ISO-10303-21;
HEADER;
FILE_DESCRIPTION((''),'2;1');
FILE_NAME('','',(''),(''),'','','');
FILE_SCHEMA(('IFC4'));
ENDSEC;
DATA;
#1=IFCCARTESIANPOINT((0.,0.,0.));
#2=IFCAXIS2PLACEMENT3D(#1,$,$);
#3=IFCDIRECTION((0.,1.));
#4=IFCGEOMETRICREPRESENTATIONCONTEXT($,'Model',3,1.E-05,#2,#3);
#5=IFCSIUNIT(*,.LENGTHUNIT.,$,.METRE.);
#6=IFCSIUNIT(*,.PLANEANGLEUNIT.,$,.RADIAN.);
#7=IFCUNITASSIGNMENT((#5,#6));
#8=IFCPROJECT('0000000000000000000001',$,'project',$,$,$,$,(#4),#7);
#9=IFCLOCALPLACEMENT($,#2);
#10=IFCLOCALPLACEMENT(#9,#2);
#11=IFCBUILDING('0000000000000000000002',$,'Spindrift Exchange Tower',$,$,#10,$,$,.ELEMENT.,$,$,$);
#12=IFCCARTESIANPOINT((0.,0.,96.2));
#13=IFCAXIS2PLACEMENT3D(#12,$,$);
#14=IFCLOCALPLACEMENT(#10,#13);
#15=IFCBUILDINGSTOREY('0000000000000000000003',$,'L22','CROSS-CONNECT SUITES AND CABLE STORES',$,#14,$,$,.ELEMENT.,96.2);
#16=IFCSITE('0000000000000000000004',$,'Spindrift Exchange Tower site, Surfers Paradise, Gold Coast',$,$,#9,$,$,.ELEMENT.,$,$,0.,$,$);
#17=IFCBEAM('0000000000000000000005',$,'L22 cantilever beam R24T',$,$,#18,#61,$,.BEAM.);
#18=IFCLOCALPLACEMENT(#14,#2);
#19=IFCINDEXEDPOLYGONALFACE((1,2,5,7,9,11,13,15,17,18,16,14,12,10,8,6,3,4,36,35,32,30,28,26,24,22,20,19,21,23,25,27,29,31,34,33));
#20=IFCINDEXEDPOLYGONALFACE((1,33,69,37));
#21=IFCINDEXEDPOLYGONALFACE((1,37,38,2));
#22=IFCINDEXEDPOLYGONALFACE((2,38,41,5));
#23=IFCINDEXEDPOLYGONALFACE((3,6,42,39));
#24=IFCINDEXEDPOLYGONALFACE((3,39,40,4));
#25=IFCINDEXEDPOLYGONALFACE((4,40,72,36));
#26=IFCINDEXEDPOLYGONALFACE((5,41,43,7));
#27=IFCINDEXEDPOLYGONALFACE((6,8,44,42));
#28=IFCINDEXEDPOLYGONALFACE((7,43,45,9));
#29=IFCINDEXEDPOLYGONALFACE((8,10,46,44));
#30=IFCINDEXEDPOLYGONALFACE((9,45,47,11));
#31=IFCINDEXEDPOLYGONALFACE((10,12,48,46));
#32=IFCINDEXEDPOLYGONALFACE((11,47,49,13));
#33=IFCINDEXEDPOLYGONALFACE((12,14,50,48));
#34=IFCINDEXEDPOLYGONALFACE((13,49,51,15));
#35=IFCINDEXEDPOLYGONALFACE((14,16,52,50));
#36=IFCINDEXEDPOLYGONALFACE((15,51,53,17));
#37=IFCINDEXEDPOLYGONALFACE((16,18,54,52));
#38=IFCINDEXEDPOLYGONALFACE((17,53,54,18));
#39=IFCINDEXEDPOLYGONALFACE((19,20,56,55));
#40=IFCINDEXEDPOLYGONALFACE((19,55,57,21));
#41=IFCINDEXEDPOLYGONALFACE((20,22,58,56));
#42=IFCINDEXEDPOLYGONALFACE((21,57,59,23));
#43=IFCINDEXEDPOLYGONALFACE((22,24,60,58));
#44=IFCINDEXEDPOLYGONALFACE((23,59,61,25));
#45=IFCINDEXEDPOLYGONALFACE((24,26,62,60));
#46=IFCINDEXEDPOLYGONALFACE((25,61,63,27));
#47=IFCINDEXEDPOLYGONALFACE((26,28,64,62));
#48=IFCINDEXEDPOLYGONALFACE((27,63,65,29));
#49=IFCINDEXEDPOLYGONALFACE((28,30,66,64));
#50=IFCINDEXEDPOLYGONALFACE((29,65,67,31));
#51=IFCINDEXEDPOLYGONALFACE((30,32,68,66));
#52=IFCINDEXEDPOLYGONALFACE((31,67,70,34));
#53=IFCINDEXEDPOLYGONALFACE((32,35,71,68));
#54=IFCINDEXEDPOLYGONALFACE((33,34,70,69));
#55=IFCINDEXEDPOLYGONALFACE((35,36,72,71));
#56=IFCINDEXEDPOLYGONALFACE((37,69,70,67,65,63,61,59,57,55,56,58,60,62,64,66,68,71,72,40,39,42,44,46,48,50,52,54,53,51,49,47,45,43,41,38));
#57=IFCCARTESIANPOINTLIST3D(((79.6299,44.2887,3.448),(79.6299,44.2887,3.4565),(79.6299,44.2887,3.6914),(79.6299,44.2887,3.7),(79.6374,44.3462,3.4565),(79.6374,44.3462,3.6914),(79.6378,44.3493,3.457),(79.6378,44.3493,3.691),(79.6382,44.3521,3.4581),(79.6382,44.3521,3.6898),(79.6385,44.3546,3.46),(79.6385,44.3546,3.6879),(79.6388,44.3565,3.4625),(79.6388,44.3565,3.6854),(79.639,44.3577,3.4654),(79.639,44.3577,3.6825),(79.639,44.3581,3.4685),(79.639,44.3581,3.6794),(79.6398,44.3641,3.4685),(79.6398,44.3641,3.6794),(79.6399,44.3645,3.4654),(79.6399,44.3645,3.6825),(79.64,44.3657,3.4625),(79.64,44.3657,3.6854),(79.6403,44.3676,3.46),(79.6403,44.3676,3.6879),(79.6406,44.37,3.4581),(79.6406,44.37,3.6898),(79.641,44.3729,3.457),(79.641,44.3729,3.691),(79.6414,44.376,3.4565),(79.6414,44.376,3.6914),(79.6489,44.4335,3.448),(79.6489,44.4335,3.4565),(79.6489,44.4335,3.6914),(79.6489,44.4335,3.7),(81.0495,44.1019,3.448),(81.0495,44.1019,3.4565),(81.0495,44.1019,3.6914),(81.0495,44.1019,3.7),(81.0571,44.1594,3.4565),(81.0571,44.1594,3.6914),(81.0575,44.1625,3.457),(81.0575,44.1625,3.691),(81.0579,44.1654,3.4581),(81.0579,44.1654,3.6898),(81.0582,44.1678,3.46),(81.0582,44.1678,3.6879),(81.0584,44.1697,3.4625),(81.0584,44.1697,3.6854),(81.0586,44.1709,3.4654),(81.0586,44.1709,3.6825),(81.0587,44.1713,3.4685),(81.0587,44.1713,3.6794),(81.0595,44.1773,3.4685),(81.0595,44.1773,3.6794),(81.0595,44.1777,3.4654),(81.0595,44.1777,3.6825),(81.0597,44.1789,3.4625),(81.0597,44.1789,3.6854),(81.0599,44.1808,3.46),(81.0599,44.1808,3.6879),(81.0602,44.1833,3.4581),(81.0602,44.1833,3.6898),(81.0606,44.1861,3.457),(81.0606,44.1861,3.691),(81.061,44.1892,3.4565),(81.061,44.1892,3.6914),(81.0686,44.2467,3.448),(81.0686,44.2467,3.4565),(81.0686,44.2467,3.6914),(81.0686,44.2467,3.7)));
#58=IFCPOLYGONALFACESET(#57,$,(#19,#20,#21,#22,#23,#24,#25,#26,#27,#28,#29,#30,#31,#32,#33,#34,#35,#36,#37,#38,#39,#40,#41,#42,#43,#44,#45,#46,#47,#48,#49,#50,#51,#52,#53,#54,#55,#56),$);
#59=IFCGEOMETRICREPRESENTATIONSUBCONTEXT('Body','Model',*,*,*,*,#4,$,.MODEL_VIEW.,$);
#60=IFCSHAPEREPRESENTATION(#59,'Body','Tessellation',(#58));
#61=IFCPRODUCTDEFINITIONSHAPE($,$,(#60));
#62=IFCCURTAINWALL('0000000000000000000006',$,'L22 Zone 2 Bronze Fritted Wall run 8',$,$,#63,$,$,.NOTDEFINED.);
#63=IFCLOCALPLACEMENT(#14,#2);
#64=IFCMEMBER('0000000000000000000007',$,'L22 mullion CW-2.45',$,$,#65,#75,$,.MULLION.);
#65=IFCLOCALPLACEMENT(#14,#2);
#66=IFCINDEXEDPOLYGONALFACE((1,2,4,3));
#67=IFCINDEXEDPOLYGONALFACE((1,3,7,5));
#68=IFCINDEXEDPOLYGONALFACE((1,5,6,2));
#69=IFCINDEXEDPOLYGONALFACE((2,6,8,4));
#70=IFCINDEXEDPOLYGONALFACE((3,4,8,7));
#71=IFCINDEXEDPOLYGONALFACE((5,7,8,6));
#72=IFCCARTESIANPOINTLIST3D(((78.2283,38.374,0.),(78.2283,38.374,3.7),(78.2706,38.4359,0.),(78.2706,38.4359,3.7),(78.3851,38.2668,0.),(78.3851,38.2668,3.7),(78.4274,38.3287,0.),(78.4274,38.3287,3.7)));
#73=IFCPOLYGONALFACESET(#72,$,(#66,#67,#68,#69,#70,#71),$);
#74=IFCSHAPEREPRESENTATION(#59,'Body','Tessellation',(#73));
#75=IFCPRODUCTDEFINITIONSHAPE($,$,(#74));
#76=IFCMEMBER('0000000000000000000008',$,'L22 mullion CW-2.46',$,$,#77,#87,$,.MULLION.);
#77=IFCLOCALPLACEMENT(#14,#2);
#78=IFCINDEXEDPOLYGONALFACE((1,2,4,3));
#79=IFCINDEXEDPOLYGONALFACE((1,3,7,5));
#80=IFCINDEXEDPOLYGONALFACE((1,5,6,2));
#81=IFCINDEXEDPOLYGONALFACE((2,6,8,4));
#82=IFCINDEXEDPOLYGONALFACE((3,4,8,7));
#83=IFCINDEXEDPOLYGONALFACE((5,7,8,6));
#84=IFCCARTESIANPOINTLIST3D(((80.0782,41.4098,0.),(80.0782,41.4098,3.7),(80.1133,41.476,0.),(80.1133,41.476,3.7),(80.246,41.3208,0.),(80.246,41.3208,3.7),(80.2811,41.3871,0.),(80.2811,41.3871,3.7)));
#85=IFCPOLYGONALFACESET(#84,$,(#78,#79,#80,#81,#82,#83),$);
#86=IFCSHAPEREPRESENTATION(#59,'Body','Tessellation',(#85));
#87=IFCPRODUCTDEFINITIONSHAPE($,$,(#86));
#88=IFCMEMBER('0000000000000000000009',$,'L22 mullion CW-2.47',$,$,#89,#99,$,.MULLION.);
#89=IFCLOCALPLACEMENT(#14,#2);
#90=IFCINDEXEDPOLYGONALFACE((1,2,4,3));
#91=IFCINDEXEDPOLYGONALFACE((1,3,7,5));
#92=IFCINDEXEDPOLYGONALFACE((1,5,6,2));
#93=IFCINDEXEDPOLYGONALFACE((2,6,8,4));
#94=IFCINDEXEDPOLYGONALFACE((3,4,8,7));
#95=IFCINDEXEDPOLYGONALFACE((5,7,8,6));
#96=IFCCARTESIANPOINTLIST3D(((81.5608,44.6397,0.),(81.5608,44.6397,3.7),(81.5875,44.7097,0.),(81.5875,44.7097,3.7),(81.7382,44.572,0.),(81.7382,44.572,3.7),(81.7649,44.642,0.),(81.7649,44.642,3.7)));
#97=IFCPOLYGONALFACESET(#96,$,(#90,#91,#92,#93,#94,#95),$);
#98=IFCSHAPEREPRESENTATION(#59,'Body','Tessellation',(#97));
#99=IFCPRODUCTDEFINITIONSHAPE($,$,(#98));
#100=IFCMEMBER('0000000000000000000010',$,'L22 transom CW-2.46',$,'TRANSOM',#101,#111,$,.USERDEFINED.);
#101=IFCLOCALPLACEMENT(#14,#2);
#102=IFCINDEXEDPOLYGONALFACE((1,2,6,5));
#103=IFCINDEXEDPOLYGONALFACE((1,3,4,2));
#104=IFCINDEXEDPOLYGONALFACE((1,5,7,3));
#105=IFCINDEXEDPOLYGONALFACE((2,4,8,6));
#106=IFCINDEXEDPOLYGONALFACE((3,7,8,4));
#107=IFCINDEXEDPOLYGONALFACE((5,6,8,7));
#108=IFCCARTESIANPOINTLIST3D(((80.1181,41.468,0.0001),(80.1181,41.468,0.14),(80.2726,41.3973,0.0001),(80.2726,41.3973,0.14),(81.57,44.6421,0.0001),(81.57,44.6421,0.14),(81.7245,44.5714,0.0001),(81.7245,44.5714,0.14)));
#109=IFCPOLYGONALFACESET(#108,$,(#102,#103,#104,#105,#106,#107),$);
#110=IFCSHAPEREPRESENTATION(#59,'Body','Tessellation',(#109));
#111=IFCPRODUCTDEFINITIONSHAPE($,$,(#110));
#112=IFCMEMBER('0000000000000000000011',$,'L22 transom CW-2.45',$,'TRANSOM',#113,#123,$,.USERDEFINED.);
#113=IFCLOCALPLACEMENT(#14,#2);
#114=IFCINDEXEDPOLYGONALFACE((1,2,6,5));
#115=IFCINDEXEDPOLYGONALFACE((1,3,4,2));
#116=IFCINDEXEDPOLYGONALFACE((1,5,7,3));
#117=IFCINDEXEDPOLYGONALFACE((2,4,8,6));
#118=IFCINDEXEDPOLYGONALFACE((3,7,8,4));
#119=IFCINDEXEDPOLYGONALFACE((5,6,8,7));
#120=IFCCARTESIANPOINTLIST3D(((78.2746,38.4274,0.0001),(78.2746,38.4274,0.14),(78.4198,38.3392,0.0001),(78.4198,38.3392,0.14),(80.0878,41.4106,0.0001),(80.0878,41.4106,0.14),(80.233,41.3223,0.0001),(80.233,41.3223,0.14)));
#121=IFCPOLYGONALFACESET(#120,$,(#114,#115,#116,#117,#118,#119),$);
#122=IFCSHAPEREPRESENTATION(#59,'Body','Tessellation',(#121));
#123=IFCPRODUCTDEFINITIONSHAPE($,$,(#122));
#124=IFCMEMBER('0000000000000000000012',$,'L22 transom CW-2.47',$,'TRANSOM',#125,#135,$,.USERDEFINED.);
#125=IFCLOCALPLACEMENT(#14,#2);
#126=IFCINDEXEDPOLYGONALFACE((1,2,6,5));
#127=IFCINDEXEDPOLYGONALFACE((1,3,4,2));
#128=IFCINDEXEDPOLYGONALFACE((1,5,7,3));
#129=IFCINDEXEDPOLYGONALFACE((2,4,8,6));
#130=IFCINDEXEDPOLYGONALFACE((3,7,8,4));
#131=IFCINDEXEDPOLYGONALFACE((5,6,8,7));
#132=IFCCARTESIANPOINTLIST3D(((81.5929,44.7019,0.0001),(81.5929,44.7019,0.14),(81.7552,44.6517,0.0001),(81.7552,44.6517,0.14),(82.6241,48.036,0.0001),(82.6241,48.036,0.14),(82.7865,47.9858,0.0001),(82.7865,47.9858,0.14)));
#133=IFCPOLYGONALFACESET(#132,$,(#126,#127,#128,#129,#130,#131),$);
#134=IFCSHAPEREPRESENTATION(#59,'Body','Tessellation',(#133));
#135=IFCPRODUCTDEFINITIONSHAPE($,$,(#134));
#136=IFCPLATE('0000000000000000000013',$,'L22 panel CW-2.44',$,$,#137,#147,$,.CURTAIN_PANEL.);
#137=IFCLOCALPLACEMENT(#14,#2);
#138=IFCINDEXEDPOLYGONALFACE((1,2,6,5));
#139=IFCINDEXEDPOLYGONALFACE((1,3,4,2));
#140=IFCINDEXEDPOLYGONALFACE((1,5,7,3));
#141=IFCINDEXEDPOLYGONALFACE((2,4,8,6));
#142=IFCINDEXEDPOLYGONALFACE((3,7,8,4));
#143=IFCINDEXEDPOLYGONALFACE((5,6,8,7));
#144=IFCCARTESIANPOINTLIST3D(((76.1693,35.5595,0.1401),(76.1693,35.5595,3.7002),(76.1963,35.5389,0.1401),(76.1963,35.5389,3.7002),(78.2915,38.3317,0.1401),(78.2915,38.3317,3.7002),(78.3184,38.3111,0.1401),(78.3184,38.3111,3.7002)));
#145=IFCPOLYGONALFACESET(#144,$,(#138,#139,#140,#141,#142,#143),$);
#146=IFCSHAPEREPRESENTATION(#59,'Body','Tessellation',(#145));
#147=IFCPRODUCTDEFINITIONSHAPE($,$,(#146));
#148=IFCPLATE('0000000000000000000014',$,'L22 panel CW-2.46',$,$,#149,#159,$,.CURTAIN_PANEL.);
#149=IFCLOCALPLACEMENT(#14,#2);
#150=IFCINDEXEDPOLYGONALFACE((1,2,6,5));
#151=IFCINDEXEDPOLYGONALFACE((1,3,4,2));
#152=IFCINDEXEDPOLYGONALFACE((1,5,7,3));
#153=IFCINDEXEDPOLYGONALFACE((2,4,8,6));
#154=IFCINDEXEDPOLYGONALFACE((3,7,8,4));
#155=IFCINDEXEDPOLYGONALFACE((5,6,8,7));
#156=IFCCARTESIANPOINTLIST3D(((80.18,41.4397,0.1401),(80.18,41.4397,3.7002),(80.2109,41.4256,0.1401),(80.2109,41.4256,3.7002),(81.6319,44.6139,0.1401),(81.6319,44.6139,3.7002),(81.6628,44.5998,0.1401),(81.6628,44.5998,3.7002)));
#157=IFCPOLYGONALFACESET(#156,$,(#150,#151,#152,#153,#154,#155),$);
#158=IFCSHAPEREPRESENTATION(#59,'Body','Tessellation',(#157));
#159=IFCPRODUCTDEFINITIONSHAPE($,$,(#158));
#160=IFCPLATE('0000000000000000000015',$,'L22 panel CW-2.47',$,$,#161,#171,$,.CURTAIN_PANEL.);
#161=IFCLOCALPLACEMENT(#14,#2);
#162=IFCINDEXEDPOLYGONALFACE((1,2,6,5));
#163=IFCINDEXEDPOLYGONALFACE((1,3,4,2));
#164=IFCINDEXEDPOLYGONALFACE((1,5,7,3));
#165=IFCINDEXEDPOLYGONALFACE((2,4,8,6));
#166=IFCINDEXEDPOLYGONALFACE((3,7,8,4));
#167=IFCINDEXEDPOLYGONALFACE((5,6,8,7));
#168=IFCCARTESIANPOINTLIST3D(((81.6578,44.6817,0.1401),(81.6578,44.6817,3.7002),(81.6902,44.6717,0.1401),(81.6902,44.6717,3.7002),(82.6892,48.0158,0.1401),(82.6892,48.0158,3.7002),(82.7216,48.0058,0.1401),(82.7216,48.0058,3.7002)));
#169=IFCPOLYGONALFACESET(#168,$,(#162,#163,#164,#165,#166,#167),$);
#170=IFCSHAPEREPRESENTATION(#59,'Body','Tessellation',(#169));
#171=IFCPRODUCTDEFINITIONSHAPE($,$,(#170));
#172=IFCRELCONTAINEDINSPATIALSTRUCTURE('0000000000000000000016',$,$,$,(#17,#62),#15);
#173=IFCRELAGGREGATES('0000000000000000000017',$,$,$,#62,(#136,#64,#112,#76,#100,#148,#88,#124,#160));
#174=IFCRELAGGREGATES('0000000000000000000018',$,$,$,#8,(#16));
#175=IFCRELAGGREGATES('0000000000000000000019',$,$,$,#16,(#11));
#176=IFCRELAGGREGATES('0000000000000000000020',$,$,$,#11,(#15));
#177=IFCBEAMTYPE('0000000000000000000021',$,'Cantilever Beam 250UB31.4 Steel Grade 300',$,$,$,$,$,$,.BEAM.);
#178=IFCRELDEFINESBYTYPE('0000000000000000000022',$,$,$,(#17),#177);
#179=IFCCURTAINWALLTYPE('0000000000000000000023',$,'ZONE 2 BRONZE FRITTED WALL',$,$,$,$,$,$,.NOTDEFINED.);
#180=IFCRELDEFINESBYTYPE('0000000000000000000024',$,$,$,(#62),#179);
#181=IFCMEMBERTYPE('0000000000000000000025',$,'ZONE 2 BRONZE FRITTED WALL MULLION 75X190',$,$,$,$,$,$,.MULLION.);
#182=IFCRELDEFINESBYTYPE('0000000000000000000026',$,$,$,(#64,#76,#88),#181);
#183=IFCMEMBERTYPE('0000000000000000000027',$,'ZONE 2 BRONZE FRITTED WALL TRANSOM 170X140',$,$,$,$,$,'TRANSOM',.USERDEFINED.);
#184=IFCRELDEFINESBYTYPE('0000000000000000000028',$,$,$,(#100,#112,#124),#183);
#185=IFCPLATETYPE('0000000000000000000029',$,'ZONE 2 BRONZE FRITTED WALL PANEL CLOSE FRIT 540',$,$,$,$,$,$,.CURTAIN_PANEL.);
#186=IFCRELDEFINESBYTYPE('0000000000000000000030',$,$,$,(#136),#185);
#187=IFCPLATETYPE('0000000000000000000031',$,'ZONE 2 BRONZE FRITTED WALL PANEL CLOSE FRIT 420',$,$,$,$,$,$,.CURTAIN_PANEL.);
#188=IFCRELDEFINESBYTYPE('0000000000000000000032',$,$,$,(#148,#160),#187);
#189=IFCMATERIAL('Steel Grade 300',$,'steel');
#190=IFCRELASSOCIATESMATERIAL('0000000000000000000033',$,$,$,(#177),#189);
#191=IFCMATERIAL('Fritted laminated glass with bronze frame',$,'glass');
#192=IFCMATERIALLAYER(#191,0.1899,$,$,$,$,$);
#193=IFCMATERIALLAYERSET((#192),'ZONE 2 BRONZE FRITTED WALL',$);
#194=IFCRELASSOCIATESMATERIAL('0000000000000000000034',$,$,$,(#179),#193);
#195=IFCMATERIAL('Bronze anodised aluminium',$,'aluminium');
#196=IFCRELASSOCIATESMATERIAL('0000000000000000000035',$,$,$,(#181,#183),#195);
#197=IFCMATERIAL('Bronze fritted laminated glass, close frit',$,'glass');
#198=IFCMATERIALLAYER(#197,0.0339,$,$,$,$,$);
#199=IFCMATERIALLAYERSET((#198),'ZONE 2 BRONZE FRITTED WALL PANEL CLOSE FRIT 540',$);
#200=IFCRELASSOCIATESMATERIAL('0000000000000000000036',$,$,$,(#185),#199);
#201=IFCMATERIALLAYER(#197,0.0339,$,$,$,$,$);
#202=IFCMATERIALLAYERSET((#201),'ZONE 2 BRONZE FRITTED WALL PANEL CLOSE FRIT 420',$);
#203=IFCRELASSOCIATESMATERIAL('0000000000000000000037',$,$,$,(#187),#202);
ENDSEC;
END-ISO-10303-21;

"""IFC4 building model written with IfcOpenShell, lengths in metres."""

from ifc_helpers import new_model, si_unit, direction, frame, origin, origin_2d, place, context, subcontext, project, spatial, rectangle, i_section, extrude, source, transform, mapped, material, layer, layer_set, material_profile, profile_set, type_object, element, aggregate, save


model = new_model("IFC4")

# Units and contexts
model_context = context("Model", 3, precision=1e-05, world=origin(), true_north=direction((0.0, 1.0)))
body_context = subcontext(model_context, "Body", "Model", "MODEL_VIEW")
ifc_project = project(units=[si_unit("LENGTHUNIT", "METRE"), si_unit("PLANEANGLEUNIT", "RADIAN")], contexts=[model_context])

# Site, building, storey
site_placement = place(None, origin())
site = spatial("IfcSite", under=ifc_project, at=site_placement, Name="Spindrift Exchange Tower site, Surfers Paradise, Gold Coast", CompositionType="ELEMENT", RefElevation=0.0)
building_placement = place(site_placement, origin())
building = spatial("IfcBuilding", under=site, at=building_placement, Name="Spindrift Exchange Tower", CompositionType="ELEMENT")
storey_placement = place(building_placement, frame((0.0, 0.0, 96.2)))
storey = spatial("IfcBuildingStorey", under=building, at=storey_placement, Name="L22", Description="CROSS-CONNECT SUITES AND CABLE STORES", CompositionType="ELEMENT", Elevation=96.2)

# Beam
ifc_material_1 = material(Name="Steel Grade 300", Category="steel")
ifc_material_profile_1 = material_profile(ifc_material_1, i_section(OverallWidth=0.146, OverallDepth=0.252, WebThickness=0.0061, FlangeThickness=0.0085, FilletRadius=0.012, at=origin_2d()), Name="250UB31.4")
ifc_profile_set_1 = profile_set([ifc_material_profile_1], Name="Steel Grade 300")
beam_type_1 = type_object("IfcBeamType", Name="Cantilever Beam 250UB31.4 Steel Grade 300", PredefinedType="BEAM", material=ifc_profile_set_1)
shared_shape_1 = source(origin(), body_context, "Body", "SweptSolid", [
    extrude(i_section(OverallWidth=0.146, OverallDepth=0.252, WebThickness=0.0061, FlangeThickness=0.0085, FilletRadius=0.012, at=origin_2d()), origin(), (0.0, 0.0, 1.0), 1.4319),
])
beam_1_placement = place(storey_placement, frame((79.6394, 44.3611, 3.574), z_axis=(0.991457, -0.130432, 0.0), x_axis=(0.130432, 0.991457, 0.0)))
element("IfcBeam", 1, at=beam_1_placement, inside=storey, type_object=beam_type_1, Name="L22 cantilever beam R24T", PredefinedType="BEAM", context=body_context, shape_type="MappedRepresentation", body=[
    mapped(shared_shape_1, transform((0.0, 0.0, 0.0), scale=1.0)),
])

# Curtain wall, members, plates
ifc_material_2 = material(Name="Fritted laminated glass with bronze frame", Category="glass")
ifc_layer_1 = layer(ifc_material_2, 0.1899)
ifc_layer_set_1 = layer_set([ifc_layer_1], Name="ZONE 2 BRONZE FRITTED WALL")
curtain_wall_type = type_object("IfcCurtainWallType", Name="ZONE 2 BRONZE FRITTED WALL", PredefinedType="NOTDEFINED", material=ifc_layer_set_1)
curtain_wall_placement = place(storey_placement, origin())
curtain_wall = element("IfcCurtainWall", 2, at=curtain_wall_placement, inside=storey, type_object=curtain_wall_type, Name="L22 Zone 2 Bronze Fritted Wall run 8", PredefinedType="NOTDEFINED")
ifc_material_3 = material(Name="Bronze anodised aluminium", Category="aluminium")
ifc_material_profile_2 = material_profile(ifc_material_3, rectangle(XDim=0.075, YDim=0.1899, at=origin_2d()), Name="ZONE 2 BRONZE FRITTED WALL MULLION 75X190")
ifc_profile_set_2 = profile_set([ifc_material_profile_2], Name="Bronze anodised aluminium")
member_type_1 = type_object("IfcMemberType", Name="ZONE 2 BRONZE FRITTED WALL MULLION 75X190", PredefinedType="MULLION", material=ifc_profile_set_2)
shared_shape_2 = source(origin(), body_context, "Body", "SweptSolid", [
    extrude(rectangle(XDim=0.075, YDim=0.1899, at=origin_2d()), origin(), (0.0, 0.0, 1.0), 3.7),
])
member_1_placement = place(storey_placement, frame((78.3279, 38.3513, 0.0), z_axis=(0.0, 0.0, 1.0), x_axis=(0.564417, 0.82549, 0.0)))
member_1 = element("IfcMember", 3, at=member_1_placement, type_object=member_type_1, Name="L22 mullion CW-2.45", PredefinedType="MULLION", context=body_context, shape_type="MappedRepresentation", body=[
    mapped(shared_shape_2, transform((0.0, 0.0, 0.0), scale=1.0)),
])
member_2_placement = place(storey_placement, frame((80.1797, 41.3984, 0.0), z_axis=(0.0, 0.0, 1.0), x_axis=(0.468461, 0.883484, 0.0)))
member_2 = element("IfcMember", 4, at=member_2_placement, type_object=member_type_1, Name="L22 mullion CW-2.46", PredefinedType="MULLION", context=body_context, shape_type="MappedRepresentation", body=[
    mapped(shared_shape_2, transform((0.0, 0.0, 0.0), scale=1.0)),
])
member_3_placement = place(storey_placement, frame((81.6628, 44.6409, 0.0), z_axis=(0.0, 0.0, 1.0), x_axis=(0.356476, 0.934304, 0.0)))
member_3 = element("IfcMember", 5, at=member_3_placement, type_object=member_type_1, Name="L22 mullion CW-2.47", PredefinedType="MULLION", context=body_context, shape_type="MappedRepresentation", body=[
    mapped(shared_shape_2, transform((0.0, 0.0, 0.0), scale=1.0)),
])
ifc_material_profile_3 = material_profile(ifc_material_3, rectangle(XDim=0.1699, YDim=0.1399, at=origin_2d()), Name="ZONE 2 BRONZE FRITTED WALL TRANSOM 170X140")
ifc_profile_set_3 = profile_set([ifc_material_profile_3], Name="Bronze anodised aluminium")
member_type_2 = type_object("IfcMemberType", Name="ZONE 2 BRONZE FRITTED WALL TRANSOM 170X140", ElementType="TRANSOM", PredefinedType="USERDEFINED", material=ifc_profile_set_3)
shared_shape_3 = source(origin(), body_context, "Body", "SweptSolid", [
    extrude(rectangle(XDim=0.1699, YDim=0.1399, at=origin_2d()), origin(), (0.0, 0.0, 1.0), 3.4905),
])
member_4_placement = place(storey_placement, frame((80.1953, 41.4326, 0.0701), z_axis=(0.415973, 0.909377, 0.0), x_axis=(-0.909377, 0.415973, 0.0)))
member_4 = element("IfcMember", 6, at=member_4_placement, type_object=member_type_2, Name="L22 transom CW-2.46", ObjectType="TRANSOM", PredefinedType="USERDEFINED", context=body_context, shape_type="MappedRepresentation", body=[
    mapped(shared_shape_3, transform((0.0, 0.0, 0.0), scale=1.0)),
])
shared_shape_4 = source(origin(), body_context, "Body", "SweptSolid", [
    extrude(rectangle(XDim=0.1699, YDim=0.1399, at=origin_2d()), origin(), (0.0, 0.0, 1.0), 3.491),
])
member_5_placement = place(storey_placement, frame((78.3472, 38.3833, 0.0701), z_axis=(0.519403, 0.854529, 0.0), x_axis=(-0.854529, 0.519403, 0.0)))
member_5 = element("IfcMember", 7, at=member_5_placement, type_object=member_type_2, Name="L22 transom CW-2.45", ObjectType="TRANSOM", PredefinedType="USERDEFINED", context=body_context, shape_type="MappedRepresentation", body=[
    mapped(shared_shape_4, transform((0.0, 0.0, 0.0), scale=1.0)),
])
shared_shape_5 = source(origin(), body_context, "Body", "SweptSolid", [
    extrude(rectangle(XDim=0.1699, YDim=0.1399, at=origin_2d()), origin(), (0.0, 0.0, 1.0), 3.49),
])
member_6_placement = place(storey_placement, frame((81.6741, 44.6768, 0.0701), z_axis=(0.295482, 0.955348, 0.0), x_axis=(-0.955348, 0.295482, 0.0)))
member_6 = element("IfcMember", 8, at=member_6_placement, type_object=member_type_2, Name="L22 transom CW-2.47", ObjectType="TRANSOM", PredefinedType="USERDEFINED", context=body_context, shape_type="MappedRepresentation", body=[
    mapped(shared_shape_5, transform((0.0, 0.0, 0.0), scale=1.0)),
])
ifc_material_4 = material(Name="Bronze fritted laminated glass, close frit", Category="glass")
ifc_layer_2 = layer(ifc_material_4, 0.0339)
ifc_layer_set_2 = layer_set([ifc_layer_2], Name="ZONE 2 BRONZE FRITTED WALL PANEL CLOSE FRIT 540")
plate_type_1 = type_object("IfcPlateType", Name="ZONE 2 BRONZE FRITTED WALL PANEL CLOSE FRIT 540", PredefinedType="CURTAIN_PANEL", material=ifc_layer_set_2)
shared_shape_6 = source(origin(), body_context, "Body", "SweptSolid", [
    extrude(rectangle(XDim=3.4912, YDim=0.0339, at=origin_2d()), origin(), (0.0, 0.0, 1.0), 3.5601),
])
plate_1_placement = place(storey_placement, frame((77.2439, 36.9353, 0.1401), z_axis=(0.0, 0.0, 1.0), x_axis=(0.607854, 0.794049, 0.0)))
plate_1 = element("IfcPlate", 9, at=plate_1_placement, type_object=plate_type_1, Name="L22 panel CW-2.44", PredefinedType="CURTAIN_PANEL", context=body_context, shape_type="MappedRepresentation", body=[
    mapped(shared_shape_6, transform((0.0, 0.0, 0.0), scale=1.0)),
])
ifc_layer_3 = layer(ifc_material_4, 0.0339)
ifc_layer_set_3 = layer_set([ifc_layer_3], Name="ZONE 2 BRONZE FRITTED WALL PANEL CLOSE FRIT 420")
plate_type_2 = type_object("IfcPlateType", Name="ZONE 2 BRONZE FRITTED WALL PANEL CLOSE FRIT 420", PredefinedType="CURTAIN_PANEL", material=ifc_layer_set_3)
shared_shape_7 = source(origin(), body_context, "Body", "SweptSolid", [
    extrude(rectangle(XDim=3.4905, YDim=0.0339, at=origin_2d()), origin(), (0.0, 0.0, 1.0), 3.5601),
])
plate_2_placement = place(storey_placement, frame((80.9214, 43.0198, 0.1401), z_axis=(0.0, 0.0, 1.0), x_axis=(0.415959, 0.909384, 0.0)))
plate_2 = element("IfcPlate", 10, at=plate_2_placement, type_object=plate_type_2, Name="L22 panel CW-2.46", PredefinedType="CURTAIN_PANEL", context=body_context, shape_type="MappedRepresentation", body=[
    mapped(shared_shape_7, transform((0.0, 0.0, 0.0), scale=1.0)),
])
shared_shape_8 = source(origin(), body_context, "Body", "SweptSolid", [
    extrude(rectangle(XDim=3.49, YDim=0.0339, at=origin_2d()), origin(), (0.0, 0.0, 1.0), 3.5601),
])
plate_3_placement = place(storey_placement, frame((82.1897, 46.3438, 0.1401), z_axis=(0.0, 0.0, 1.0), x_axis=(0.295511, 0.955339, 0.0)))
plate_3 = element("IfcPlate", 11, at=plate_3_placement, type_object=plate_type_2, Name="L22 panel CW-2.47", PredefinedType="CURTAIN_PANEL", context=body_context, shape_type="MappedRepresentation", body=[
    mapped(shared_shape_8, transform((0.0, 0.0, 0.0), scale=1.0)),
])
aggregate(curtain_wall, [plate_1, member_1, member_5, member_2, member_4, plate_2, member_3, member_6, plate_3])

save(model, "model.ifc")
